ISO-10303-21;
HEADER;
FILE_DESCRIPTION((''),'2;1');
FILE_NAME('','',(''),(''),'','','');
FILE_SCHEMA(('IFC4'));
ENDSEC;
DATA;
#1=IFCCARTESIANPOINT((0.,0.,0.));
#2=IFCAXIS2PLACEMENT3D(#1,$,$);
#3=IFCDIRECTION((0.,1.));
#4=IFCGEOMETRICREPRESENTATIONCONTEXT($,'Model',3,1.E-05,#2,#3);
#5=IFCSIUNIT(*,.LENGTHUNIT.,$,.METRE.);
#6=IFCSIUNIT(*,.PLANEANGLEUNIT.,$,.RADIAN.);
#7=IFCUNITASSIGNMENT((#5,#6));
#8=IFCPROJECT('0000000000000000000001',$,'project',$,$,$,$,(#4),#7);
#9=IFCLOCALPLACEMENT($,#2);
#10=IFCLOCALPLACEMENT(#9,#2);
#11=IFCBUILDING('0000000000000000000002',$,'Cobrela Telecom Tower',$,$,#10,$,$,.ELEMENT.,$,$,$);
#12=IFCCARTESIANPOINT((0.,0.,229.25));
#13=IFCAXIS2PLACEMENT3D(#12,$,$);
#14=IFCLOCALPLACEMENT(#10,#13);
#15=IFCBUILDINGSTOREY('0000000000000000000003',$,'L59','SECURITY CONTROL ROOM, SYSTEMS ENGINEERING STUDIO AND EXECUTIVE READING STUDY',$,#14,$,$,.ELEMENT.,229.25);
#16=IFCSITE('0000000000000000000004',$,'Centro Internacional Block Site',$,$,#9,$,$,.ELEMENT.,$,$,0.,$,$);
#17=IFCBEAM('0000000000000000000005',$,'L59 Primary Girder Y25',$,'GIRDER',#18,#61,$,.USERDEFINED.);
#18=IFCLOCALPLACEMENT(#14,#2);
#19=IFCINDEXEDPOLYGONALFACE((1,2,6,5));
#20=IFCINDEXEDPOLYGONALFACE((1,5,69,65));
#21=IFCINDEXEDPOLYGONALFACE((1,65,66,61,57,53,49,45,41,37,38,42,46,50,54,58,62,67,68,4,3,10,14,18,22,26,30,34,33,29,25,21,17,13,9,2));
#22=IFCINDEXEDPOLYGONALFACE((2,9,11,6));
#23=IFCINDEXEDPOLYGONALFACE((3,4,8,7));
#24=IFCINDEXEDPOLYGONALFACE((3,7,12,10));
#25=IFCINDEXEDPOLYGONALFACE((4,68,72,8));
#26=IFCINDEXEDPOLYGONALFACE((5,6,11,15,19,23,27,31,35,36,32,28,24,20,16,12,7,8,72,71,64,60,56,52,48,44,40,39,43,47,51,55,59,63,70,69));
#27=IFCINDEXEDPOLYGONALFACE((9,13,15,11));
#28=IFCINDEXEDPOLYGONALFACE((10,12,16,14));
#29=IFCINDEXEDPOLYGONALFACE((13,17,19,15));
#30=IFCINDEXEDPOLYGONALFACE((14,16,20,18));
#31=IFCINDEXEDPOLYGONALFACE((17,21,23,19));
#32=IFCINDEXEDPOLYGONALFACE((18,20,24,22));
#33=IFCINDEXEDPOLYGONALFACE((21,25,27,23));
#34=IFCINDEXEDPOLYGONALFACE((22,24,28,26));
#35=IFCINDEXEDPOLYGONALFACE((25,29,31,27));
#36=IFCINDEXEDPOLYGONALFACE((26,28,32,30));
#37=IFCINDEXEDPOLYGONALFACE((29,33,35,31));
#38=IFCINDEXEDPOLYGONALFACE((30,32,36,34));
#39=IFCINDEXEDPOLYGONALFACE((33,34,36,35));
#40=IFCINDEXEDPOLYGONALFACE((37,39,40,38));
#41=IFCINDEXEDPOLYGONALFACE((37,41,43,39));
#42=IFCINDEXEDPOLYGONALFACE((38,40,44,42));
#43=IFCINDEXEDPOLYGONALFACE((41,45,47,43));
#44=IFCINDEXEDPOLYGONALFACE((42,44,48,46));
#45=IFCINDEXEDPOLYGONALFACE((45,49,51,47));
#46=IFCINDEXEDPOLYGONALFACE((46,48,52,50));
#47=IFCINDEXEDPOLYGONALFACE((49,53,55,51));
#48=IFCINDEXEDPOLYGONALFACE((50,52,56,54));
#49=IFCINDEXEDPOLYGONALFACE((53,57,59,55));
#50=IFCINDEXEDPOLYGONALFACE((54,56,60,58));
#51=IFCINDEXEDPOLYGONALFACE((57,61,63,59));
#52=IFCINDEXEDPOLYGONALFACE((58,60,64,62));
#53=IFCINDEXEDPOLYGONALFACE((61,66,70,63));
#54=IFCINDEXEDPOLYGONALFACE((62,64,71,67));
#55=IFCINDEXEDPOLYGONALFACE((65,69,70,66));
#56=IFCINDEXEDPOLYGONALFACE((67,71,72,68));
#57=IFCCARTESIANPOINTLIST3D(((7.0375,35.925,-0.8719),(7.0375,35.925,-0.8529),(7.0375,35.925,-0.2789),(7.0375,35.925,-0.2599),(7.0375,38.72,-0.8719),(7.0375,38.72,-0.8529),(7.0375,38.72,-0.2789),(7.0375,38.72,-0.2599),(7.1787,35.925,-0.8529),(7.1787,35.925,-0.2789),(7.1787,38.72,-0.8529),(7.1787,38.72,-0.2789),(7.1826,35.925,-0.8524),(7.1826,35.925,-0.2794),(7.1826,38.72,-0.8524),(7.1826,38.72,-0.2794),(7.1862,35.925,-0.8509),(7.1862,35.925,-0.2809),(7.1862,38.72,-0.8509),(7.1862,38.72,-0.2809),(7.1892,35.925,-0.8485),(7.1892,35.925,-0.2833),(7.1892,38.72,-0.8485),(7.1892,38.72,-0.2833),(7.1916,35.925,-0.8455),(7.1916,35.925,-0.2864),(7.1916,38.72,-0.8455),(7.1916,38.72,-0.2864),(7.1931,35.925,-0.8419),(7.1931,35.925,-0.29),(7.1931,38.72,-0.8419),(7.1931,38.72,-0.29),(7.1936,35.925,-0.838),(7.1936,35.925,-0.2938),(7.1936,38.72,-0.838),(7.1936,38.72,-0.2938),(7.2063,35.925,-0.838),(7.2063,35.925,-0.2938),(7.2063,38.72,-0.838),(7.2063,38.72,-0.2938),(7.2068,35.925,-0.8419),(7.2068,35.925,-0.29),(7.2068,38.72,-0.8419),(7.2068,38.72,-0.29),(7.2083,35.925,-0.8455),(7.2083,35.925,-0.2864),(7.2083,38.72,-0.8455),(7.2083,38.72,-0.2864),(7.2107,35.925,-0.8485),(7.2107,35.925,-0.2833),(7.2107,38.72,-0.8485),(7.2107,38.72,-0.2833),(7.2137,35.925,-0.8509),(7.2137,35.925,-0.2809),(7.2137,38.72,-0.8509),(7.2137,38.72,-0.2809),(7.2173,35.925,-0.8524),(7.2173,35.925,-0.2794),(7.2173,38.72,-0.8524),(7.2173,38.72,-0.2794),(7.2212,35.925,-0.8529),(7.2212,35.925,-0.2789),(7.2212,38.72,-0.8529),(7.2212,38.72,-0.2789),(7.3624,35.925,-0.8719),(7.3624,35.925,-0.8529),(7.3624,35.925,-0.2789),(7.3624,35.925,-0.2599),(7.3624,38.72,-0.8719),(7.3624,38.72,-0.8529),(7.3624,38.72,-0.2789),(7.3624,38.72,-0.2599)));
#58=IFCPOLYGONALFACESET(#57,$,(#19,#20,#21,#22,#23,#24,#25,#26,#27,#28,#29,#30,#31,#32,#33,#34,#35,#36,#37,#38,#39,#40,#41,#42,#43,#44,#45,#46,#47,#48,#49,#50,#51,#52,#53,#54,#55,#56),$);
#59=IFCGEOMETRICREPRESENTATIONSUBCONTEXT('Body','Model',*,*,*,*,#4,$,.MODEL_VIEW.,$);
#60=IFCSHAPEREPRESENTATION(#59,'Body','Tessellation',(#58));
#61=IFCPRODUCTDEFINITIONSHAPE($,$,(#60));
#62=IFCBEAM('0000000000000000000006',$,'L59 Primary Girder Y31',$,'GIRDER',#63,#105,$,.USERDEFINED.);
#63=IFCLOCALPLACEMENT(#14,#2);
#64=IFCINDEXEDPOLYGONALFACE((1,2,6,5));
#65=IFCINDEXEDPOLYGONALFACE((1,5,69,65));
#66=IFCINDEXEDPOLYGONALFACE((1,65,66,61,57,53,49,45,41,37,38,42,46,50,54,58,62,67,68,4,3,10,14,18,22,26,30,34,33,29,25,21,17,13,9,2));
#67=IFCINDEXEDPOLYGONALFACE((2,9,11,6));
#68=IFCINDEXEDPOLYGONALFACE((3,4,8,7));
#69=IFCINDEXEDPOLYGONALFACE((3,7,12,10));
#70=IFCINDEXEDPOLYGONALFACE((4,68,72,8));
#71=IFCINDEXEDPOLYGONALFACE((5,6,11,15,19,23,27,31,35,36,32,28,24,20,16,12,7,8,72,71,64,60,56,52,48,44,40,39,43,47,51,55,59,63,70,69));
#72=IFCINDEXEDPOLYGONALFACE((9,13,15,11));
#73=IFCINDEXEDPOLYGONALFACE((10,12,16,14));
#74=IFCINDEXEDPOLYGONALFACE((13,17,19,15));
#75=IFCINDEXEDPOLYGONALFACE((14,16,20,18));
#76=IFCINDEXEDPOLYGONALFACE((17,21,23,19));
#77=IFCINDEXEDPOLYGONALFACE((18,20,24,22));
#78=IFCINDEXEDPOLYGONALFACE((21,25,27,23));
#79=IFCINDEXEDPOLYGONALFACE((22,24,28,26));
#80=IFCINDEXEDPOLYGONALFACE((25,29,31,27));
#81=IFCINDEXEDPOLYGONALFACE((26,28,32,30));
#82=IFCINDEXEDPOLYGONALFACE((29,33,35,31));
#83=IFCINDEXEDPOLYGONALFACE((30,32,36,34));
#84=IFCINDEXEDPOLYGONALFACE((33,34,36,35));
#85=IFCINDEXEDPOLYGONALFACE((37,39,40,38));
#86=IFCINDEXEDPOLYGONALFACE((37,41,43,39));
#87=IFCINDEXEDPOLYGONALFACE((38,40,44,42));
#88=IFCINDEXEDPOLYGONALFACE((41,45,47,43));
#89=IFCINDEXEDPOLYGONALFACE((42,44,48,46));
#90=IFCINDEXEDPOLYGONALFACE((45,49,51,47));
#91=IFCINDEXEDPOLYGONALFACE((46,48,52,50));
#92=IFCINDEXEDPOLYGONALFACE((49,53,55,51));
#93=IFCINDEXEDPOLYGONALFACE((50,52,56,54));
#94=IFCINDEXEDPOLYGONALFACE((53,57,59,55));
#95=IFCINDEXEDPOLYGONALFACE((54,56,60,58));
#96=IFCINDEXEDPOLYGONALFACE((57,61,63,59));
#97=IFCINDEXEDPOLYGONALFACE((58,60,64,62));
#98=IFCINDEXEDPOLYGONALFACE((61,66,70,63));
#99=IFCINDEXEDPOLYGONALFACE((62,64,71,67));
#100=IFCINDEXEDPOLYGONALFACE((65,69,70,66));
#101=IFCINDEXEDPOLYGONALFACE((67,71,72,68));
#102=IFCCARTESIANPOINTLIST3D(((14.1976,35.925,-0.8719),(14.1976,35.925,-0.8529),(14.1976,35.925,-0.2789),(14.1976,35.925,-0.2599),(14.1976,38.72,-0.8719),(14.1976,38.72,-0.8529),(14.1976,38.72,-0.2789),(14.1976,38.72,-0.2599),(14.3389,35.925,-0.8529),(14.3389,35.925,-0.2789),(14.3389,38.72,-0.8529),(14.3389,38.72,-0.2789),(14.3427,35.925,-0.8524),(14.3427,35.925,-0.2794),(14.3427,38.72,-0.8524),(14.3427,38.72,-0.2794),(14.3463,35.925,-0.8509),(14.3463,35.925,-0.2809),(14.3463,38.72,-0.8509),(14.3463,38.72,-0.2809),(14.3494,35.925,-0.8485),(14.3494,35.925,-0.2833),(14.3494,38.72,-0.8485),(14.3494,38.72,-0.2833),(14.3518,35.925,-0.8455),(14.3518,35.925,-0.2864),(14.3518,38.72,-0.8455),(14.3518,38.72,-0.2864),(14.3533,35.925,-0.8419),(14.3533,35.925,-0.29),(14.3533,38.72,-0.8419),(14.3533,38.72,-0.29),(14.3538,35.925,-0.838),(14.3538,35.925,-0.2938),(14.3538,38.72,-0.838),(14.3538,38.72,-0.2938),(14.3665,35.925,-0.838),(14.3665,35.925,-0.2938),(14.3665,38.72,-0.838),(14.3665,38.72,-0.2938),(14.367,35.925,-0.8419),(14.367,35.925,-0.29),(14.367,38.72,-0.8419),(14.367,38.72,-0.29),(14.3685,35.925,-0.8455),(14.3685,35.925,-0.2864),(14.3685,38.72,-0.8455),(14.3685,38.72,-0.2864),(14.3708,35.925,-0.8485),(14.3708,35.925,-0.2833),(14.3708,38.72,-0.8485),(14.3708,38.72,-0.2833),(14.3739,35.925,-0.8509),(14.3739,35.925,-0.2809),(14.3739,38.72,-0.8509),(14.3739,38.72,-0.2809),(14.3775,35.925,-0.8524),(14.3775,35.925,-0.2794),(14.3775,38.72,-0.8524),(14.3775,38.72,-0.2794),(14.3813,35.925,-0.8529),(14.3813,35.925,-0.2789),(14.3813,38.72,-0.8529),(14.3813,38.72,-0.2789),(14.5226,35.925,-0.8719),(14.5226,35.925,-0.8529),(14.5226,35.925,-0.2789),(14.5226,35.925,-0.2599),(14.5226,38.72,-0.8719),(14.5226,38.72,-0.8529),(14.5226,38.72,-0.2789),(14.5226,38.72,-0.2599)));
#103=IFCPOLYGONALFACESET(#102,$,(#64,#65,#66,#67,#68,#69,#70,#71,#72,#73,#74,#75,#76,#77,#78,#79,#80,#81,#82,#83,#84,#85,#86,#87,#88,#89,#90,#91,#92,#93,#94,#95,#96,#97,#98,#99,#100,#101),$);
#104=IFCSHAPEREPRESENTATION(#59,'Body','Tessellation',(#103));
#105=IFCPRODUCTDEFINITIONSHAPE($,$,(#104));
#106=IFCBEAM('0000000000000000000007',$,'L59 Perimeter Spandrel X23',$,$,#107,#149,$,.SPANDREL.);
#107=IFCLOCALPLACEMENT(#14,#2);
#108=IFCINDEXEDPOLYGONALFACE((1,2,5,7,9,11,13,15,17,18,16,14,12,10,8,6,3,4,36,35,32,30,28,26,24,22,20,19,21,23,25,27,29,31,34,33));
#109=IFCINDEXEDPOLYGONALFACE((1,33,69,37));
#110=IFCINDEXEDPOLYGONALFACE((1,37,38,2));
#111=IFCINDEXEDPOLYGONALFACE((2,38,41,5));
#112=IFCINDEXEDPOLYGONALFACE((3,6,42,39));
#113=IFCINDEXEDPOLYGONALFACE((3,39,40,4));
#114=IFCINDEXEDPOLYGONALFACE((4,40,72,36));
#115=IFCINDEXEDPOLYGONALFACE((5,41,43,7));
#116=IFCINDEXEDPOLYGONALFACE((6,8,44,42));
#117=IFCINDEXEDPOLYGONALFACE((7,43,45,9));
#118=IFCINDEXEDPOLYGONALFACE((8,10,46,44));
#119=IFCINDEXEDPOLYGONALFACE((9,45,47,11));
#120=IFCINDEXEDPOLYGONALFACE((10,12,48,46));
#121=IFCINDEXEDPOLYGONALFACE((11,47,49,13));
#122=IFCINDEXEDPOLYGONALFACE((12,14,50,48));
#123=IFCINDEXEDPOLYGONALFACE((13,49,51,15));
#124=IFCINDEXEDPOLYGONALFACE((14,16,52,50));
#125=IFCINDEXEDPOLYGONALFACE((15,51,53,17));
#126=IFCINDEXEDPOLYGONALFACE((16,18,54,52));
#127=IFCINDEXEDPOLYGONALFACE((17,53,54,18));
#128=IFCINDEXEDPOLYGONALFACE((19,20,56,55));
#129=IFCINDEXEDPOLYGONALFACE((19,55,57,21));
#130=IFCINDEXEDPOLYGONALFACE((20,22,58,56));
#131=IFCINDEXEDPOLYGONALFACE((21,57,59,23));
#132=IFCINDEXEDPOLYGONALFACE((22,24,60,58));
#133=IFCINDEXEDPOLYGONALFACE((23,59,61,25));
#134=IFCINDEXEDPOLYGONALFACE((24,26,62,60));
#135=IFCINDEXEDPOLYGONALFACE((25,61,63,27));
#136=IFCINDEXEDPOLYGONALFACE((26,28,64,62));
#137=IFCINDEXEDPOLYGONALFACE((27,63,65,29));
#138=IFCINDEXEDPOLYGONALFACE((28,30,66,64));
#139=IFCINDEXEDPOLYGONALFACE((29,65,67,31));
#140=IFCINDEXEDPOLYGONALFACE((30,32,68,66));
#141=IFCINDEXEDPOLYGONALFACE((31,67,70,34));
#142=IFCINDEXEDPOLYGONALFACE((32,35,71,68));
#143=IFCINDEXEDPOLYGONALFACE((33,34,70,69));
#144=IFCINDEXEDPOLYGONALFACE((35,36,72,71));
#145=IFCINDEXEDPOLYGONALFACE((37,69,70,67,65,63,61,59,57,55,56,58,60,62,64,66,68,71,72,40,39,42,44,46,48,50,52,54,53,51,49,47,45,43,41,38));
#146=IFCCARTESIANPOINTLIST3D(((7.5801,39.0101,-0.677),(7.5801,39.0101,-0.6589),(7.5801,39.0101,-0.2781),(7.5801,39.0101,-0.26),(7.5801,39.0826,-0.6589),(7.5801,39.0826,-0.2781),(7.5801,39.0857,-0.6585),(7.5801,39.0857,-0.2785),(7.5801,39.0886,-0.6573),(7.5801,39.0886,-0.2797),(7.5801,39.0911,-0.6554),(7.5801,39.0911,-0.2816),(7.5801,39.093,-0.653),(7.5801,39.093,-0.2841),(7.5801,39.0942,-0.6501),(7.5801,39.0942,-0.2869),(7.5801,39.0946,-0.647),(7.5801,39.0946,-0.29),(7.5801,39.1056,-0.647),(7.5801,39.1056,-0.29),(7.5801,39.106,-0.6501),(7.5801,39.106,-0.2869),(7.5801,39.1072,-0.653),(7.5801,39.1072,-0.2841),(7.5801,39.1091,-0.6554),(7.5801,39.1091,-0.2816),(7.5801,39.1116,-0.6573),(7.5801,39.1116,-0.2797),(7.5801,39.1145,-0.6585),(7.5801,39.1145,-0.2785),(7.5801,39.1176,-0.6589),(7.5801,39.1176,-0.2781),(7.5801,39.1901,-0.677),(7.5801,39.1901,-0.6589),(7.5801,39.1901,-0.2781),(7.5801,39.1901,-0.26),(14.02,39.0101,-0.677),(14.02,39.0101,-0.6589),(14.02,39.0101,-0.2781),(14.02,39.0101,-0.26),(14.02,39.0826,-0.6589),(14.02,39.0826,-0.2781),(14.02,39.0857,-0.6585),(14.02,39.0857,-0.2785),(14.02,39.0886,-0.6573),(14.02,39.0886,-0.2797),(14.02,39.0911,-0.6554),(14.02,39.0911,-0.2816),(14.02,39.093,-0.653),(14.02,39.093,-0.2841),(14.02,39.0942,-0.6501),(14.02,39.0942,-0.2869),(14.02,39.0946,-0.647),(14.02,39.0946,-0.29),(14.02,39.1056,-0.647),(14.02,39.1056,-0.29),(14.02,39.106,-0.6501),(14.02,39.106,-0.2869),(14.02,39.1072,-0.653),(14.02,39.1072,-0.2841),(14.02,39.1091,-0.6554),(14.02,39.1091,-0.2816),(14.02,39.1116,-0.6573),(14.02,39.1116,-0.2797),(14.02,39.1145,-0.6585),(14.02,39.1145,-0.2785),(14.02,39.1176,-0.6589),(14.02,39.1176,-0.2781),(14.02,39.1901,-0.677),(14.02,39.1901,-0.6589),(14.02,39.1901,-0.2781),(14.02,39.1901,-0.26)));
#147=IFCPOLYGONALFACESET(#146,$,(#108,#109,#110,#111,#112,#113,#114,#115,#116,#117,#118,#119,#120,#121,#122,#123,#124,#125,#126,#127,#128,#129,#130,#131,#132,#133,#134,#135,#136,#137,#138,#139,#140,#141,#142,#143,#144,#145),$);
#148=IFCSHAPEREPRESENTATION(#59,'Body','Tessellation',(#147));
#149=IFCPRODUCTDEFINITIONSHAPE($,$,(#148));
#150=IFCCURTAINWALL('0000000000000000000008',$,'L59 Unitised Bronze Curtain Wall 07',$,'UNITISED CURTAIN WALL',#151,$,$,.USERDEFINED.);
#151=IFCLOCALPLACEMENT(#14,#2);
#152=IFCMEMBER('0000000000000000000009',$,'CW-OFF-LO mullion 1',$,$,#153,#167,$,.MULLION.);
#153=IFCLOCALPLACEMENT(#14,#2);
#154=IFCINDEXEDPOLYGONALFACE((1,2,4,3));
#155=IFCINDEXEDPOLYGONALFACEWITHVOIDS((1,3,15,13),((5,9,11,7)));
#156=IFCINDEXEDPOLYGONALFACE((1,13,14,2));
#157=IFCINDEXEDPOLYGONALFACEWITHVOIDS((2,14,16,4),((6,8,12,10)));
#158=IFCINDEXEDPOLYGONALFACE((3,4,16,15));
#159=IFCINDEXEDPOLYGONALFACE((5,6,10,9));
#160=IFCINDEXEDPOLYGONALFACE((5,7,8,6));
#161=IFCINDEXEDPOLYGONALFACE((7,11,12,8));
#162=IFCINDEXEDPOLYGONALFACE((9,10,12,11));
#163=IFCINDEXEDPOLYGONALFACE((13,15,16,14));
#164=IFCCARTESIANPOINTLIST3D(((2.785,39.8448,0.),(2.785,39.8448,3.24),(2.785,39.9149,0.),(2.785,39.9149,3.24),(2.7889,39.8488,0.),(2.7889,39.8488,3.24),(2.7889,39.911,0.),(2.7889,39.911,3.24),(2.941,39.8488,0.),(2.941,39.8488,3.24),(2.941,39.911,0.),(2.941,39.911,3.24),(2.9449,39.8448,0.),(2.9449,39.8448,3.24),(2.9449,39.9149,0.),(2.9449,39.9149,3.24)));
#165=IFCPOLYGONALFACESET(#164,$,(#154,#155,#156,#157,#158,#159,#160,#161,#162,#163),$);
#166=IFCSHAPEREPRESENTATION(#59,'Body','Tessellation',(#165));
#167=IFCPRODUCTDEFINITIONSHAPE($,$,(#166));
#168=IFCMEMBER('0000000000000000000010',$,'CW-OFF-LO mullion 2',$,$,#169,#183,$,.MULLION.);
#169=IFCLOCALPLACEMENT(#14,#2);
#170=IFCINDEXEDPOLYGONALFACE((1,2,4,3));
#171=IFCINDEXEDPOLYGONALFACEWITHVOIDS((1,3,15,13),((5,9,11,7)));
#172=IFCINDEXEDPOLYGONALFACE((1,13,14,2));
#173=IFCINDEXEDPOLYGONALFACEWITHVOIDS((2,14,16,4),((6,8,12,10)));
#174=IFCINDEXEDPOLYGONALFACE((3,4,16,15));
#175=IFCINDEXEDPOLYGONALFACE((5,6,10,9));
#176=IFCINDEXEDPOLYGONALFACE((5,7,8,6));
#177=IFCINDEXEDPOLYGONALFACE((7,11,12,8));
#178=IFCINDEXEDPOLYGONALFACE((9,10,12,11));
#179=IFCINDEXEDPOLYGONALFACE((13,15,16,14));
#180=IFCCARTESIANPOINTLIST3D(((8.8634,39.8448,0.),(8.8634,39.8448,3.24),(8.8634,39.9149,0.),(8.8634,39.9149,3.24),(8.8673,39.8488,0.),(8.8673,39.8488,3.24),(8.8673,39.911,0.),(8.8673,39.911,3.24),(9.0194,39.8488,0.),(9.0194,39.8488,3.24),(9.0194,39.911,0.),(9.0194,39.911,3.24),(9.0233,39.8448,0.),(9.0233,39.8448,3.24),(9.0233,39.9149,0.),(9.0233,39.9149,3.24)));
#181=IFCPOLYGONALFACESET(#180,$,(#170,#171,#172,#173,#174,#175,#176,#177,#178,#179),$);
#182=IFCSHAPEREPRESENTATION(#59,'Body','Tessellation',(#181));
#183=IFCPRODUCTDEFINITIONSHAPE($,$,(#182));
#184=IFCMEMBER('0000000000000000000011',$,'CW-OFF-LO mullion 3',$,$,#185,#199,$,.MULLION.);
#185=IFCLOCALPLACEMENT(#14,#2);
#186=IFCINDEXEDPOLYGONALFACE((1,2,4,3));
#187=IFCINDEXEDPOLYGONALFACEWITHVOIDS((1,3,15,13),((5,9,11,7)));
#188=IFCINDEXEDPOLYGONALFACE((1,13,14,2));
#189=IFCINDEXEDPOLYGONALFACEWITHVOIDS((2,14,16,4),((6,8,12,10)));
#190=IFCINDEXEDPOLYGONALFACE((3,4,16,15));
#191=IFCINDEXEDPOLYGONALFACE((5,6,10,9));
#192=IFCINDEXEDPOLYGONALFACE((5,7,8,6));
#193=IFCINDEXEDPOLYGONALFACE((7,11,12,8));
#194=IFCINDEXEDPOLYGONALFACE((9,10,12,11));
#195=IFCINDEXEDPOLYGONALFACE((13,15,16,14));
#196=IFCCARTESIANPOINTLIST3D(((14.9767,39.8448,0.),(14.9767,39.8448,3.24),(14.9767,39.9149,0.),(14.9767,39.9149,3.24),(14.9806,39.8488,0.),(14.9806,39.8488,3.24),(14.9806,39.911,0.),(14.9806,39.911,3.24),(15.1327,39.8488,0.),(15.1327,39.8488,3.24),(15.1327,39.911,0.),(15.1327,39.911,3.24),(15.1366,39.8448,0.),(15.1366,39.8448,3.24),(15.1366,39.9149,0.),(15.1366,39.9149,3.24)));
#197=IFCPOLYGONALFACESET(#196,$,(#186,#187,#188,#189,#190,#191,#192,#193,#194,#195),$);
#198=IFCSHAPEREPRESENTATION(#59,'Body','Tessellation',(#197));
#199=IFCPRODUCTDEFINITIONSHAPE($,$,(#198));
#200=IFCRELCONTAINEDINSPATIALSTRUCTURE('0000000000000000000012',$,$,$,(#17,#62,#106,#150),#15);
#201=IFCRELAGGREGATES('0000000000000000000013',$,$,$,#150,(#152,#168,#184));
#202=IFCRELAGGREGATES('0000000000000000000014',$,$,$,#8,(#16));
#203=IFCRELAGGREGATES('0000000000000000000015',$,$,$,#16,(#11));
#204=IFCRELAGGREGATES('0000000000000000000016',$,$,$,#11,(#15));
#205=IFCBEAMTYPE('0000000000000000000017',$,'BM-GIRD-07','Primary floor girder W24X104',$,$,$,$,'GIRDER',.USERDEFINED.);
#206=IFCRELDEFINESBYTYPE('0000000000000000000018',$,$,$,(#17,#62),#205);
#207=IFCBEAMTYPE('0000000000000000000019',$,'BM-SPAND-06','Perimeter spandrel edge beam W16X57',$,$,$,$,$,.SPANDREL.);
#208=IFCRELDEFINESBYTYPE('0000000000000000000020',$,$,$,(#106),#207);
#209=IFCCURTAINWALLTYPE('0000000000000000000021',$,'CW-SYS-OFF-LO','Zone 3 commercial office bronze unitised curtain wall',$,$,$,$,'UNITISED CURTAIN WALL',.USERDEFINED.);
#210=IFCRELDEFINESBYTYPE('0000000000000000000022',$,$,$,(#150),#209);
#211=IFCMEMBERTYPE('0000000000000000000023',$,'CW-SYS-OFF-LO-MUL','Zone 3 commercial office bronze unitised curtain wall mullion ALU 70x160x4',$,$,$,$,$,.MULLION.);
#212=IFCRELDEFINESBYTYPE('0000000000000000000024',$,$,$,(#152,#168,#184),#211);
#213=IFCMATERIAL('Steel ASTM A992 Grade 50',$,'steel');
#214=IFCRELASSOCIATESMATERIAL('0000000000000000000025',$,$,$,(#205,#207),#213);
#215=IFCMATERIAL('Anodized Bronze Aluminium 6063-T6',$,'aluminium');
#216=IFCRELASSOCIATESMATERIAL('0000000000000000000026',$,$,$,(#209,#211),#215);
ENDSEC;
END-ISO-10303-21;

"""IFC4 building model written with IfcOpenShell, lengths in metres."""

from ifc_helpers import new_model, si_unit, direction, frame, origin, origin_2d, place, context, subcontext, project, spatial, hollow_rectangle, i_section, extrude, material, material_profile, profile_set, type_object, element, aggregate, save


model = new_model("IFC4")

# Units and contexts
model_context = context("Model", 3, precision=1e-05, world=origin(), true_north=direction((0.0, 1.0)))
body_context = subcontext(model_context, "Body", "Model", "MODEL_VIEW")
ifc_project = project(units=[si_unit("LENGTHUNIT", "METRE"), si_unit("PLANEANGLEUNIT", "RADIAN")], contexts=[model_context])

# Site, building, storey
site_placement = place(None, origin())
site = spatial("IfcSite", under=ifc_project, at=site_placement, Name="Centro Internacional Block Site", CompositionType="ELEMENT", RefElevation=0.0)
building_placement = place(site_placement, origin())
building = spatial("IfcBuilding", under=site, at=building_placement, Name="Cobrela Telecom Tower", CompositionType="ELEMENT")
storey_placement = place(building_placement, frame((0.0, 0.0, 229.25)))
storey = spatial("IfcBuildingStorey", under=building, at=storey_placement, Name="L59", Description="SECURITY CONTROL ROOM, SYSTEMS ENGINEERING STUDIO AND EXECUTIVE READING STUDY", CompositionType="ELEMENT", Elevation=229.25)

# Beams
ifc_material_1 = material(Name="Steel ASTM A992 Grade 50", Category="steel")
ifc_material_profile_1 = material_profile(ifc_material_1, i_section(OverallWidth=0.325, OverallDepth=0.6121, WebThickness=0.0127, FlangeThickness=0.019, FilletRadius=0.0149, at=origin_2d()), Name="W24X104")
ifc_profile_set_1 = profile_set([ifc_material_profile_1], Name="Steel ASTM A992 Grade 50")
beam_type_1 = type_object("IfcBeamType", Name="BM-GIRD-07", Description="Primary floor girder W24X104", ElementType="GIRDER", PredefinedType="USERDEFINED", material=ifc_profile_set_1)
for number, where, z_axis, x_axis, name in (
    (1, (7.2, 35.925, -0.5659), (0.0, 1.0, 0.0), (-1.0, 0.0, 0.0), "L59 Primary Girder Y25"),
    (2, (14.3601, 35.925, -0.5659), (0.0, 1.0, 0.0), (-1.0, 0.0, 0.0), "L59 Primary Girder Y31"),
):
    element("IfcBeam", number, at=place(storey_placement, frame(where, z_axis=z_axis, x_axis=x_axis)), inside=storey, type_object=beam_type_1, Name=name, ObjectType="GIRDER", PredefinedType="USERDEFINED", context=body_context, shape_type="SweptSolid", body=[
        extrude(i_section(OverallWidth=0.325, OverallDepth=0.6121, WebThickness=0.0127, FlangeThickness=0.019, FilletRadius=0.0149, at=origin_2d()), origin(), (0.0, 0.0, 1.0), 2.7949),
    ])
ifc_material_profile_2 = material_profile(ifc_material_1, i_section(OverallWidth=0.1799, OverallDepth=0.417, WebThickness=0.011, FlangeThickness=0.0181, FilletRadius=0.012, at=origin_2d()), Name="W16X57")
ifc_profile_set_2 = profile_set([ifc_material_profile_2], Name="Steel ASTM A992 Grade 50")
beam_type_2 = type_object("IfcBeamType", Name="BM-SPAND-06", Description="Perimeter spandrel edge beam W16X57", PredefinedType="SPANDREL", material=ifc_profile_set_2)
beam_1_placement = place(storey_placement, frame((7.5801, 39.1001, -0.4685), z_axis=(1.0, 0.0, 0.0), x_axis=(0.0, 1.0, 0.0)))
element("IfcBeam", 3, at=beam_1_placement, inside=storey, type_object=beam_type_2, Name="L59 Perimeter Spandrel X23", PredefinedType="SPANDREL", context=body_context, shape_type="SweptSolid", body=[
    extrude(i_section(OverallWidth=0.1799, OverallDepth=0.417, WebThickness=0.011, FlangeThickness=0.0181, FilletRadius=0.012, at=origin_2d()), origin(), (0.0, 0.0, 1.0), 6.4399),
])

# Curtain wall, members
ifc_material_2 = material(Name="Anodized Bronze Aluminium 6063-T6", Category="aluminium")
curtain_wall_type = type_object("IfcCurtainWallType", Name="CW-SYS-OFF-LO", Description="Zone 3 commercial office bronze unitised curtain wall", ElementType="UNITISED CURTAIN WALL", PredefinedType="USERDEFINED", material=ifc_material_2)
curtain_wall_placement = place(storey_placement, origin())
curtain_wall = element("IfcCurtainWall", 4, at=curtain_wall_placement, inside=storey, type_object=curtain_wall_type, Name="L59 Unitised Bronze Curtain Wall 07", ObjectType="UNITISED CURTAIN WALL", PredefinedType="USERDEFINED")
ifc_material_profile_3 = material_profile(ifc_material_2, hollow_rectangle(XDim=0.0701, YDim=0.1599, WallThickness=0.0039, at=origin_2d()), Name="ALU 70x160x4")
ifc_profile_set_3 = profile_set([ifc_material_profile_3], Name="Anodized Bronze Aluminium 6063-T6")
member_type_1 = type_object("IfcMemberType", Name="CW-SYS-OFF-LO-MUL", Description="Zone 3 commercial office bronze unitised curtain wall mullion ALU 70x160x4", PredefinedType="MULLION", material=ifc_profile_set_3)
member_1_placement = place(storey_placement, frame((2.865, 39.8799, 0.0), z_axis=(0.0, 0.0, 1.0), x_axis=(0.0, 1.0, 0.0)))
member_1 = element("IfcMember", 5, at=member_1_placement, type_object=member_type_1, Name="CW-OFF-LO mullion 1", PredefinedType="MULLION", context=body_context, shape_type="SweptSolid", body=[
    extrude(hollow_rectangle(XDim=0.0701, YDim=0.1599, WallThickness=0.0039, at=origin_2d()), origin(), (0.0, 0.0, 1.0), 3.24),
])
member_2_placement = place(storey_placement, frame((8.9434, 39.8799, 0.0), z_axis=(0.0, 0.0, 1.0), x_axis=(0.0, 1.0, 0.0)))
member_2 = element("IfcMember", 6, at=member_2_placement, type_object=member_type_1, Name="CW-OFF-LO mullion 2", PredefinedType="MULLION", context=body_context, shape_type="SweptSolid", body=[
    extrude(hollow_rectangle(XDim=0.0701, YDim=0.1599, WallThickness=0.0039, at=origin_2d()), origin(), (0.0, 0.0, 1.0), 3.24),
])
member_3_placement = place(storey_placement, frame((15.0566, 39.8799, 0.0), z_axis=(0.0, 0.0, 1.0), x_axis=(0.0, 1.0, 0.0)))
member_3 = element("IfcMember", 7, at=member_3_placement, type_object=member_type_1, Name="CW-OFF-LO mullion 3", PredefinedType="MULLION", context=body_context, shape_type="SweptSolid", body=[
    extrude(hollow_rectangle(XDim=0.0701, YDim=0.1599, WallThickness=0.0039, at=origin_2d()), origin(), (0.0, 0.0, 1.0), 3.24),
])

aggregate(curtain_wall, [member_1, member_2, member_3])

save(model, "model.ifc")
